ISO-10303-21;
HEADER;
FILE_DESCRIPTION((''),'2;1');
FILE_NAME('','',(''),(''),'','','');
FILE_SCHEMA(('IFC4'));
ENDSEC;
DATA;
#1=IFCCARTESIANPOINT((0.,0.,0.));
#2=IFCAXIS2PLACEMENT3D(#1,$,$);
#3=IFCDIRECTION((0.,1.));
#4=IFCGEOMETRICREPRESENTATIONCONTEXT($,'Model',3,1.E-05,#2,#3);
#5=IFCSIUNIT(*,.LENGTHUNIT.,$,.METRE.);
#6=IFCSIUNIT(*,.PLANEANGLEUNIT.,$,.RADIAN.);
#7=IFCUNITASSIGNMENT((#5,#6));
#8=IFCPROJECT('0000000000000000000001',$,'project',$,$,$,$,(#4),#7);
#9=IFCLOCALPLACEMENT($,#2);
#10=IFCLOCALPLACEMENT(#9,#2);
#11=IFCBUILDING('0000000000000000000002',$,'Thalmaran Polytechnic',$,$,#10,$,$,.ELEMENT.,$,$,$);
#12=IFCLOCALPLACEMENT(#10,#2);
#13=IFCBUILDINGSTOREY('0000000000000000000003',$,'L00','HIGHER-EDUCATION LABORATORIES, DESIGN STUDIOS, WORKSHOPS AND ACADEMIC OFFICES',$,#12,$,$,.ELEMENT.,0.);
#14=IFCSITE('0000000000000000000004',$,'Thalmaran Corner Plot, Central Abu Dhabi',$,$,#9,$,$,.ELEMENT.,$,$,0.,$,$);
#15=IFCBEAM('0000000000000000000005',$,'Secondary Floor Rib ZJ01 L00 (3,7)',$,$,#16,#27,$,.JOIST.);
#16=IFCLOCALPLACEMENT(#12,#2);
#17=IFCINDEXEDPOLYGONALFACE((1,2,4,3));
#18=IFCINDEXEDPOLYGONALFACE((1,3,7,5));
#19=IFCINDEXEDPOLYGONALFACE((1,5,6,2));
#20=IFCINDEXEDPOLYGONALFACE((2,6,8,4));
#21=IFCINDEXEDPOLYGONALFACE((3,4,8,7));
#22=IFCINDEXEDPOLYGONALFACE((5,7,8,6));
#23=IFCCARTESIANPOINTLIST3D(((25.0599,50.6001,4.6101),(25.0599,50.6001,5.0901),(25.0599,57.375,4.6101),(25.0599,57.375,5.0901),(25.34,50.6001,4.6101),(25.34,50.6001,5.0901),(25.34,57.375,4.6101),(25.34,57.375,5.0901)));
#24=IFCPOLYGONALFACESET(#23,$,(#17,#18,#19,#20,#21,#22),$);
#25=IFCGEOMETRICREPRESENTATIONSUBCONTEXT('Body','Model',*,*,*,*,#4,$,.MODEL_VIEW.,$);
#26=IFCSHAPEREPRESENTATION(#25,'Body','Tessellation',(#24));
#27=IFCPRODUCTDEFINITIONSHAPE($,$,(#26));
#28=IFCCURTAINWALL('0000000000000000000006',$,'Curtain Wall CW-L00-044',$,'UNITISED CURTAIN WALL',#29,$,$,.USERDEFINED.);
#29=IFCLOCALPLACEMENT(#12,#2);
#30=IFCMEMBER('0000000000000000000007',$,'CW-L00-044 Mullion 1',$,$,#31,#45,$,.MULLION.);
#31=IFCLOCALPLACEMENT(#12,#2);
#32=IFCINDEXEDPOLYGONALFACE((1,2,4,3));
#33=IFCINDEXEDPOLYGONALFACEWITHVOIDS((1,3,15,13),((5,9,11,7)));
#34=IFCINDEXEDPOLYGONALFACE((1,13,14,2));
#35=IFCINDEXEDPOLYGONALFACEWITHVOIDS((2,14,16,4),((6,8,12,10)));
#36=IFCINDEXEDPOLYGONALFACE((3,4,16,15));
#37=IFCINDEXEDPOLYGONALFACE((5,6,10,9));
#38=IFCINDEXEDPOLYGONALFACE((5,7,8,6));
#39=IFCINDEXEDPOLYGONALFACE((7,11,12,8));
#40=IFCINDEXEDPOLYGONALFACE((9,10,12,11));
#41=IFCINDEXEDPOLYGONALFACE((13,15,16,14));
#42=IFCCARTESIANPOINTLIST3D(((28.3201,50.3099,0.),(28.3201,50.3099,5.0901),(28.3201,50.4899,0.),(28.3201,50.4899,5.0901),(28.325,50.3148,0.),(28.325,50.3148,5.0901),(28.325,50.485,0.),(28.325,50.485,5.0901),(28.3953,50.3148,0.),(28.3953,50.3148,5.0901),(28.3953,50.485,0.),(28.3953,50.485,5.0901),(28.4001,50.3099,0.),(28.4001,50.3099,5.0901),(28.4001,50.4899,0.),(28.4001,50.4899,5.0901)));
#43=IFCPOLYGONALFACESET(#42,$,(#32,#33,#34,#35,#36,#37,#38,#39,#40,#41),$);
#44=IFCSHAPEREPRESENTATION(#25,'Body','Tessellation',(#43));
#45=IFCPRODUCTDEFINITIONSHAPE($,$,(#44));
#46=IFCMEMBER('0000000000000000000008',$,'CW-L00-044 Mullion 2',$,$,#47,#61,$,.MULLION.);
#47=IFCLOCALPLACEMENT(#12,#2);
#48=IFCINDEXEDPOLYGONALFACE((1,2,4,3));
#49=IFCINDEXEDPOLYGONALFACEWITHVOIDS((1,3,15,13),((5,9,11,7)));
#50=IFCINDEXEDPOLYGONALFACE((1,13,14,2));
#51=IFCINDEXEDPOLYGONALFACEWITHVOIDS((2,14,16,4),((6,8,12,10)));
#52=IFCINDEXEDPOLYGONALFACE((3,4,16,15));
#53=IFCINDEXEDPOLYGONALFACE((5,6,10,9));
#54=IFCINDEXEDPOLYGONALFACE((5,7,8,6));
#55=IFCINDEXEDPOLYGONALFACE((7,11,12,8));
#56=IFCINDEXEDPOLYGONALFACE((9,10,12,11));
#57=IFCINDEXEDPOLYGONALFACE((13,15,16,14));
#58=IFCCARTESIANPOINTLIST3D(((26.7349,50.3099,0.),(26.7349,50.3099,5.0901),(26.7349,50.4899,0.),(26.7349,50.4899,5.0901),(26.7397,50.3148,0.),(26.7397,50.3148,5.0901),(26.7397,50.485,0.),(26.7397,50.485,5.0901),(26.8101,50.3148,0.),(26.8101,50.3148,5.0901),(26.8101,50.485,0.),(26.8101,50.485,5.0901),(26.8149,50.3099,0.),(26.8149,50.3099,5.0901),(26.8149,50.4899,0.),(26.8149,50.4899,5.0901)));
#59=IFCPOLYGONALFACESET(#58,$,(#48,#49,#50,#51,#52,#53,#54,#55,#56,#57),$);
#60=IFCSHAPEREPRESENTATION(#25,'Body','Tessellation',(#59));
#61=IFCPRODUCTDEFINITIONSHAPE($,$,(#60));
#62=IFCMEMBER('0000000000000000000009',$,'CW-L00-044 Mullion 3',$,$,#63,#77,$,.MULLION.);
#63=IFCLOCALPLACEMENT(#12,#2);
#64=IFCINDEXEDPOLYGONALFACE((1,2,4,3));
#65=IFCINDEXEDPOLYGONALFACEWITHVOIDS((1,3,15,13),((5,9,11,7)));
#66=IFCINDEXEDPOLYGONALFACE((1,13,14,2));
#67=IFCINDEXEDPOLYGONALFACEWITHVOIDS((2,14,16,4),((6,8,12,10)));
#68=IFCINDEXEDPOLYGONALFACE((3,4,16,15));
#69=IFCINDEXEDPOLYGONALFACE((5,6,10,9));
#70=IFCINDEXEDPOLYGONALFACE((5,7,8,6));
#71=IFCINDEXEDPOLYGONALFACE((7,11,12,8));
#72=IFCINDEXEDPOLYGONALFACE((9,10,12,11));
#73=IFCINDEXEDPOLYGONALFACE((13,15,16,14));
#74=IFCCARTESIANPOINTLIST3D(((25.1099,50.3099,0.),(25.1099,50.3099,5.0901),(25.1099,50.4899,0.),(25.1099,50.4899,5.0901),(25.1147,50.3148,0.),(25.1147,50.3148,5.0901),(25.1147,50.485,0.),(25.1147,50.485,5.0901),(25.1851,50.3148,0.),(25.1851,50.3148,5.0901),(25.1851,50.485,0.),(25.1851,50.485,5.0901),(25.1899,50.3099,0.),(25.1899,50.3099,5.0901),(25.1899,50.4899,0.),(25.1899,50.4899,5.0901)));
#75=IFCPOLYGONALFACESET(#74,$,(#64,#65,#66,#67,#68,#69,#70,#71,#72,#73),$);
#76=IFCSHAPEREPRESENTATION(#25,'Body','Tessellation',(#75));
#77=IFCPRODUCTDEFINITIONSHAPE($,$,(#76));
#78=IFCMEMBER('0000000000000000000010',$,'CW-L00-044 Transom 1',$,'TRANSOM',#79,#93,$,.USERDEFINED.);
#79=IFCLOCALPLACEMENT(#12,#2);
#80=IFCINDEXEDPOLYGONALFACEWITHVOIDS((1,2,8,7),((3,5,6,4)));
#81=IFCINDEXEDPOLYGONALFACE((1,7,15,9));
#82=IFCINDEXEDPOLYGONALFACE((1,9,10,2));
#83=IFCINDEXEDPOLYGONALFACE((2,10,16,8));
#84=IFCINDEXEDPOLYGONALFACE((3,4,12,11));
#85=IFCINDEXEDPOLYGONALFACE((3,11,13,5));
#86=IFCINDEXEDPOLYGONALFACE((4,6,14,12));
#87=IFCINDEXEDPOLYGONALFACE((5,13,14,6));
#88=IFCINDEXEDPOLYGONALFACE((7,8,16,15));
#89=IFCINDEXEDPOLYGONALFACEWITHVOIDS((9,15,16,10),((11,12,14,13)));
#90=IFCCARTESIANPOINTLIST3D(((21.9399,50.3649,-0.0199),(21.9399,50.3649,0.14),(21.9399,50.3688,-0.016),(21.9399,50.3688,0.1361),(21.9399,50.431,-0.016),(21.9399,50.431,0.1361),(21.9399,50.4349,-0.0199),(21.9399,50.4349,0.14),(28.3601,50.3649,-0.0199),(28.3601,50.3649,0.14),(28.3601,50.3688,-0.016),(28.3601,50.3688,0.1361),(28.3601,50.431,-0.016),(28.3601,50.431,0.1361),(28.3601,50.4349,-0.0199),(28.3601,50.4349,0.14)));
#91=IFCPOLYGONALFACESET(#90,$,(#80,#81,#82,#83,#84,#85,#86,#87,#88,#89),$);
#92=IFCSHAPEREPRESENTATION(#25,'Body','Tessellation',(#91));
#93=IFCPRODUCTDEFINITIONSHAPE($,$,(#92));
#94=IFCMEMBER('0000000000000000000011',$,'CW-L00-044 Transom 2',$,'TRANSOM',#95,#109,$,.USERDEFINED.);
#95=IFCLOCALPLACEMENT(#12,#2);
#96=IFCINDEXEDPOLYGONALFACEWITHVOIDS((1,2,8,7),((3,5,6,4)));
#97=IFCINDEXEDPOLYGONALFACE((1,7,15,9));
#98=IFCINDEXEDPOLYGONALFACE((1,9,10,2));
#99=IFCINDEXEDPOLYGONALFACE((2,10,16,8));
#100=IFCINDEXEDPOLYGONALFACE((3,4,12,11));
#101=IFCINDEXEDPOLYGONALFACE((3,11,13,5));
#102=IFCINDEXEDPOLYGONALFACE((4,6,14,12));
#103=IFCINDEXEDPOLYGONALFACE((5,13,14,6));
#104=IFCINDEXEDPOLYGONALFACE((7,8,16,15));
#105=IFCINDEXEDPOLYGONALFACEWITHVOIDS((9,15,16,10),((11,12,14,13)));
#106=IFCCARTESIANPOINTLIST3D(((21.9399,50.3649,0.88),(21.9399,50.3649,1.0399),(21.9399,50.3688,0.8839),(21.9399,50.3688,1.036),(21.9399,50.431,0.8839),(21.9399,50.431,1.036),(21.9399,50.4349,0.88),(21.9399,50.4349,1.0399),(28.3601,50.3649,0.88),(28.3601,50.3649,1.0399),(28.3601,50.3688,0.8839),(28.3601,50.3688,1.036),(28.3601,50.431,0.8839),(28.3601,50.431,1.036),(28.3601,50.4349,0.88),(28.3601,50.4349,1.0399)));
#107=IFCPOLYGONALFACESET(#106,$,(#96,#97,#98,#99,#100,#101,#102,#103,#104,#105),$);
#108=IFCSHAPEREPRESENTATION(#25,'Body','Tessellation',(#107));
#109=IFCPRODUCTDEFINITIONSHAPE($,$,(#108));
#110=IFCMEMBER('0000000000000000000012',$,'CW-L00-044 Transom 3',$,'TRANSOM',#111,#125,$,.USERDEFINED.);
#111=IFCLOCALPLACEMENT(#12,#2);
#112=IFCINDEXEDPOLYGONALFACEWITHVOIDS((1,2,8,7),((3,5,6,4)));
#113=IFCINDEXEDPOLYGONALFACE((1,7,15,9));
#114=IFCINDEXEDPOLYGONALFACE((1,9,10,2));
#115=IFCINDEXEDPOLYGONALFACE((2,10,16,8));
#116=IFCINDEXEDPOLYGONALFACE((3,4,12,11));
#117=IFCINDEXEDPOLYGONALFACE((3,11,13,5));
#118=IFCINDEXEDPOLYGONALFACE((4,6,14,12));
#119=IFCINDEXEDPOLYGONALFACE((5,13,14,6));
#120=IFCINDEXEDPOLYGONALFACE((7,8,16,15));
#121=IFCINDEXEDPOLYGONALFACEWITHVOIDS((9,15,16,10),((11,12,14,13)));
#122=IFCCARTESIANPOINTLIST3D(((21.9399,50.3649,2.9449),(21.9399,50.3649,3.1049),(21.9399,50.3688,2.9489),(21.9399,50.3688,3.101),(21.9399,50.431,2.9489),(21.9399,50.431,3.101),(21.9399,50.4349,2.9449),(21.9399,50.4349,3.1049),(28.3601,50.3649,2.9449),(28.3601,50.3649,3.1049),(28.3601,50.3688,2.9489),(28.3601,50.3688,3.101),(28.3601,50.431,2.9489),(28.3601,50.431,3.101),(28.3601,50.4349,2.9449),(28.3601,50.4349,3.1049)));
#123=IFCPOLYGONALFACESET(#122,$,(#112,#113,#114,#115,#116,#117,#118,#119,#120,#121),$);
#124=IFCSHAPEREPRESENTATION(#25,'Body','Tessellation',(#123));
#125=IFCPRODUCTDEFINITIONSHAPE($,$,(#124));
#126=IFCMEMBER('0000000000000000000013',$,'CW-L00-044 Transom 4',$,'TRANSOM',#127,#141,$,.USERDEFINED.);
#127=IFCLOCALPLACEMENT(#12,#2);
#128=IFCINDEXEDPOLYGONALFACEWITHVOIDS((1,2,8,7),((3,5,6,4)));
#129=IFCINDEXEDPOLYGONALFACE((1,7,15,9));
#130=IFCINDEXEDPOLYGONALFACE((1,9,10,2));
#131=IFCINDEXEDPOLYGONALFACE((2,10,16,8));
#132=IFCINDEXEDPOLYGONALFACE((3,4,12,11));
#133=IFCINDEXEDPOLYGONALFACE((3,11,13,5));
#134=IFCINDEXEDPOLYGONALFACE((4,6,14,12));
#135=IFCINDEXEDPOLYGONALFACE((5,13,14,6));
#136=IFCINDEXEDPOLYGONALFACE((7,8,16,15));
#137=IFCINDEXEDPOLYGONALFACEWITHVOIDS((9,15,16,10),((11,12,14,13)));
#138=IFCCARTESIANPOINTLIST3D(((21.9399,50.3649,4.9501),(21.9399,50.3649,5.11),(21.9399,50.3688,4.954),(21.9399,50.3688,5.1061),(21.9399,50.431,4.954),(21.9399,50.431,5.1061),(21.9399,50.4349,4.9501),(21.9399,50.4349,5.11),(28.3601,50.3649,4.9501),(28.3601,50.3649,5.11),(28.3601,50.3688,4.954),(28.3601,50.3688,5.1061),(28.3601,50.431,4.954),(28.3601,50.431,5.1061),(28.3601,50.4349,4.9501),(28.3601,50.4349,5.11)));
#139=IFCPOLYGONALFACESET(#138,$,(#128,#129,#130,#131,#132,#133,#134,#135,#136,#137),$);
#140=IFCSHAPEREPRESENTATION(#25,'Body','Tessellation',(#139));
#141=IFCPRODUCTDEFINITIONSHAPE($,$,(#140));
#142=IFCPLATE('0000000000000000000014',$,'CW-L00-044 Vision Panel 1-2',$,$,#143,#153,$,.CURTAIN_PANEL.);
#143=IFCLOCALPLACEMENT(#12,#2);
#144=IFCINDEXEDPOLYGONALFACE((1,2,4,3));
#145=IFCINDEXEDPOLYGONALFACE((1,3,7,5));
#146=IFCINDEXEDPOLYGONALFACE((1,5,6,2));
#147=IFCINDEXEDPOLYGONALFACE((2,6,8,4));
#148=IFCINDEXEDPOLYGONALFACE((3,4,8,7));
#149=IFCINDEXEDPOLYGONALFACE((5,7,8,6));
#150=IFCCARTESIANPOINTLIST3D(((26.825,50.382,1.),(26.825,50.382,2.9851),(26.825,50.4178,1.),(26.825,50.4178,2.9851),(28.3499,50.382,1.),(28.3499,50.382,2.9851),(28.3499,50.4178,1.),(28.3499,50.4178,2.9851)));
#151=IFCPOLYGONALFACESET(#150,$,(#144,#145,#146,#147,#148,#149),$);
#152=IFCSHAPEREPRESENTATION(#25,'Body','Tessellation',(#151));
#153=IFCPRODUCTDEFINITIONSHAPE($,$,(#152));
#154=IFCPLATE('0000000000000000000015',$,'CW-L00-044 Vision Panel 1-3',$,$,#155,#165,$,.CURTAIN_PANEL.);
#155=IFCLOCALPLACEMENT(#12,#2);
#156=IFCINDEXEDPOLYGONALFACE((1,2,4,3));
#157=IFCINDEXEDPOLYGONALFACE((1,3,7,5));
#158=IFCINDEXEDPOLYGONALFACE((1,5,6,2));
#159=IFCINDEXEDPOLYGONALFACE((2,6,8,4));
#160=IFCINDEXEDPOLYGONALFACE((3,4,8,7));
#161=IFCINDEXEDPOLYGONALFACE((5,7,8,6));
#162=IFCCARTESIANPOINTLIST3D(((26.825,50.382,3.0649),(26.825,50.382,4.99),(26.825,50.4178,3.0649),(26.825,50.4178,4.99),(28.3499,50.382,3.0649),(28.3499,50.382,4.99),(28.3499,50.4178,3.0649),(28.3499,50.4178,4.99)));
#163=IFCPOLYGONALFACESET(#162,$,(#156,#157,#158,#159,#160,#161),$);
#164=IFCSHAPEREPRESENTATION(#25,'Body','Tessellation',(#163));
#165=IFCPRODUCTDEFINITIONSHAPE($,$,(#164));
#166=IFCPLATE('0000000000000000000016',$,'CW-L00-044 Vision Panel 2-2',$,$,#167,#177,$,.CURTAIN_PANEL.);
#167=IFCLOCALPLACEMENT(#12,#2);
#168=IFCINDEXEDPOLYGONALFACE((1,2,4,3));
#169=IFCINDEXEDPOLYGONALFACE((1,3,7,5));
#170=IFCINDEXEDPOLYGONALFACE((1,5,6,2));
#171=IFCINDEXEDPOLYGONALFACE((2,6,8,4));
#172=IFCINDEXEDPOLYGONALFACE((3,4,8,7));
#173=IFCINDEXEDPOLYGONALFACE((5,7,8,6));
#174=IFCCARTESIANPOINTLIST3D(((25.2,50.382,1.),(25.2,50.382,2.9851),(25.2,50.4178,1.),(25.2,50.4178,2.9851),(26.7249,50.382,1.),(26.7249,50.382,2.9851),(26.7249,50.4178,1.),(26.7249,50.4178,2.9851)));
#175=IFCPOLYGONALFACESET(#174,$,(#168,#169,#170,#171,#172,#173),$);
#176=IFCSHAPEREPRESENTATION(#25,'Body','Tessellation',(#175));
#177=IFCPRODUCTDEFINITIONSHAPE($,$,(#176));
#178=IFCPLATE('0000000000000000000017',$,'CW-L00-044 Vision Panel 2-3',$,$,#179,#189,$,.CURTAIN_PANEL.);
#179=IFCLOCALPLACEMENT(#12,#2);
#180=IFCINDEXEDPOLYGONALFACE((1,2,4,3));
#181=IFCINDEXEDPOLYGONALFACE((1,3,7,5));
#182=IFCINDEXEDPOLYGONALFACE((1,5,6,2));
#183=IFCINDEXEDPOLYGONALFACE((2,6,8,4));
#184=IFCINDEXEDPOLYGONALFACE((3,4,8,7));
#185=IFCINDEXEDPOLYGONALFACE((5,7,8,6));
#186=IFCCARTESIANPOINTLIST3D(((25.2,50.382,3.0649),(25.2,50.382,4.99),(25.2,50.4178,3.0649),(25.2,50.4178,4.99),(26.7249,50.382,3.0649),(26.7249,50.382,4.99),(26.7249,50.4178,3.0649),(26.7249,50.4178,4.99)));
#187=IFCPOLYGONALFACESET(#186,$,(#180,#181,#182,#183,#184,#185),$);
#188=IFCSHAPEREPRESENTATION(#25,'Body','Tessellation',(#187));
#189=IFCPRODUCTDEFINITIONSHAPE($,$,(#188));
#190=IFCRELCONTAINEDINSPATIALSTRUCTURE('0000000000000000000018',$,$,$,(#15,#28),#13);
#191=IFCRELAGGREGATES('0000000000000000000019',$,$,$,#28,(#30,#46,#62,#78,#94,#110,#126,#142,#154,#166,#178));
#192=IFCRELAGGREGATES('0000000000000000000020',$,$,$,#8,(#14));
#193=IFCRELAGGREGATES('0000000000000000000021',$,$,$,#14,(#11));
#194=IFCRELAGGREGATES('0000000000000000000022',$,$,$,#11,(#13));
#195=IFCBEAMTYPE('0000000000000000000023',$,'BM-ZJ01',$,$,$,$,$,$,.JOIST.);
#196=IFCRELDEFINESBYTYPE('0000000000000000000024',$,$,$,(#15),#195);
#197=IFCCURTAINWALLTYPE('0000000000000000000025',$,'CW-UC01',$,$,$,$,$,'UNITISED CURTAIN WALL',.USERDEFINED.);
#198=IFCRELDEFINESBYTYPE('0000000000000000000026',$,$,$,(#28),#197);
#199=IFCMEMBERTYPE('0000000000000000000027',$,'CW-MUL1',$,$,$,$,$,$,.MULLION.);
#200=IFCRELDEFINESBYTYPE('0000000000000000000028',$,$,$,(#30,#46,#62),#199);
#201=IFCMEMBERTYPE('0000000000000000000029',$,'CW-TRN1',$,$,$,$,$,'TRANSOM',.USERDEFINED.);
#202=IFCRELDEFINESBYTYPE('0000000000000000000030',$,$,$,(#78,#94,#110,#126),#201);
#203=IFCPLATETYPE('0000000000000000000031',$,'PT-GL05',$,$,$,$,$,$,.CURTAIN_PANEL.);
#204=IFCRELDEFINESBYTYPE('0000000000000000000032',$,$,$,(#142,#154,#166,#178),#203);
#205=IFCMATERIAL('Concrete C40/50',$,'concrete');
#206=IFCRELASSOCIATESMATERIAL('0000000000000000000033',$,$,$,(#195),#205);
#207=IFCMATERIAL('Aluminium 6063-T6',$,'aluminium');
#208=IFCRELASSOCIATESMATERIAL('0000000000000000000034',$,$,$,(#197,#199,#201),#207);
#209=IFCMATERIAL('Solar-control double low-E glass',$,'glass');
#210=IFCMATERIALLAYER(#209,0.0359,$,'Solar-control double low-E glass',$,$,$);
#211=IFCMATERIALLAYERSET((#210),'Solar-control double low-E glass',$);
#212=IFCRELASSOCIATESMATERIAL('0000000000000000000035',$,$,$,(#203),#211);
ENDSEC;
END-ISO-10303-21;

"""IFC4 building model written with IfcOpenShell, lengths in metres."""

from ifc_helpers import new_model, si_unit, direction, frame, origin, origin_2d, place, context, subcontext, project, spatial, rectangle, hollow_rectangle, extrude, material, layer, layer_set, material_profile, profile_set, type_object, element, aggregate, save


model = new_model("IFC4")

# Units and contexts
model_context = context("Model", 3, precision=1e-05, world=origin(), true_north=direction((0.0, 1.0)))
body_context = subcontext(model_context, "Body", "Model", "MODEL_VIEW")
ifc_project = project(units=[si_unit("LENGTHUNIT", "METRE"), si_unit("PLANEANGLEUNIT", "RADIAN")], contexts=[model_context])

# Site, building, storey
site_placement = place(None, origin())
site = spatial("IfcSite", under=ifc_project, at=site_placement, Name="Thalmaran Corner Plot, Central Abu Dhabi", CompositionType="ELEMENT", RefElevation=0.0)
building_placement = place(site_placement, origin())
building = spatial("IfcBuilding", under=site, at=building_placement, Name="Thalmaran Polytechnic", CompositionType="ELEMENT")
storey_placement = place(building_placement, origin())
storey = spatial("IfcBuildingStorey", under=building, at=storey_placement, Name="L00", Description="HIGHER-EDUCATION LABORATORIES, DESIGN STUDIOS, WORKSHOPS AND ACADEMIC OFFICES", CompositionType="ELEMENT", Elevation=0.0)

# Shared definitions
ifc_material_1 = material(Name="Concrete C40/50", Category="concrete")

# Beam
ifc_material_profile_1 = material_profile(ifc_material_1, rectangle(XDim=0.28, YDim=0.48, at=origin_2d()), Name="RC 280x480")
ifc_profile_set_1 = profile_set([ifc_material_profile_1], Name="Concrete C40/50")
beam_type_1 = type_object("IfcBeamType", Name="BM-ZJ01", PredefinedType="JOIST", material=ifc_profile_set_1)
beam_1_placement = place(storey_placement, frame((25.2, 50.6001, 4.8501), z_axis=(0.0, 1.0, 0.0), x_axis=(-1.0, 0.0, 0.0)))
element("IfcBeam", 1, at=beam_1_placement, inside=storey, type_object=beam_type_1, Name="Secondary Floor Rib ZJ01 L00 (3,7)", PredefinedType="JOIST", context=body_context, shape_type="SweptSolid", body=[
    extrude(rectangle(XDim=0.28, YDim=0.48, at=origin_2d()), origin(), (0.0, 0.0, 1.0), 6.7749),
])

# Curtain wall, members, plates
ifc_material_2 = material(Name="Aluminium 6063-T6", Category="aluminium")
curtain_wall_type = type_object("IfcCurtainWallType", Name="CW-UC01", ElementType="UNITISED CURTAIN WALL", PredefinedType="USERDEFINED", material=ifc_material_2)
curtain_wall_placement = place(storey_placement, origin())
curtain_wall = element("IfcCurtainWall", 2, at=curtain_wall_placement, inside=storey, type_object=curtain_wall_type, Name="Curtain Wall CW-L00-044", ObjectType="UNITISED CURTAIN WALL", PredefinedType="USERDEFINED")
ifc_material_profile_2 = material_profile(ifc_material_2, hollow_rectangle(XDim=0.0801, YDim=0.1799, WallThickness=0.0049, at=origin_2d()), Name="RHS 180x80x5.0")
ifc_profile_set_2 = profile_set([ifc_material_profile_2], Name="Aluminium 6063-T6")
member_type_1 = type_object("IfcMemberType", Name="CW-MUL1", PredefinedType="MULLION", material=ifc_profile_set_2)
member_1_placement = place(storey_placement, frame((28.3601, 50.3999, 0.0), z_axis=(0.0, 0.0, 1.0), x_axis=(1.0, 0.0, 0.0)))
member_1 = element("IfcMember", 3, at=member_1_placement, type_object=member_type_1, Name="CW-L00-044 Mullion 1", PredefinedType="MULLION", context=body_context, shape_type="SweptSolid", body=[
    extrude(hollow_rectangle(XDim=0.0801, YDim=0.1799, WallThickness=0.0049, at=origin_2d()), origin(), (0.0, 0.0, 1.0), 5.0901),
])
member_2_placement = place(storey_placement, frame((26.7749, 50.3999, 0.0), z_axis=(0.0, 0.0, 1.0), x_axis=(1.0, 0.0, 0.0)))
member_2 = element("IfcMember", 4, at=member_2_placement, type_object=member_type_1, Name="CW-L00-044 Mullion 2", PredefinedType="MULLION", context=body_context, shape_type="SweptSolid", body=[
    extrude(hollow_rectangle(XDim=0.0801, YDim=0.1799, WallThickness=0.0049, at=origin_2d()), origin(), (0.0, 0.0, 1.0), 5.0901),
])
member_3_placement = place(storey_placement, frame((25.1499, 50.3999, 0.0), z_axis=(0.0, 0.0, 1.0), x_axis=(1.0, 0.0, 0.0)))
member_3 = element("IfcMember", 5, at=member_3_placement, type_object=member_type_1, Name="CW-L00-044 Mullion 3", PredefinedType="MULLION", context=body_context, shape_type="SweptSolid", body=[
    extrude(hollow_rectangle(XDim=0.0801, YDim=0.1799, WallThickness=0.0049, at=origin_2d()), origin(), (0.0, 0.0, 1.0), 5.0901),
])
ifc_material_profile_3 = material_profile(ifc_material_2, hollow_rectangle(XDim=0.0701, YDim=0.1599, WallThickness=0.0039, at=origin_2d()), Name="AL 160x70x4.0")
ifc_profile_set_3 = profile_set([ifc_material_profile_3], Name="Aluminium 6063-T6")
member_type_2 = type_object("IfcMemberType", Name="CW-TRN1", ElementType="TRANSOM", PredefinedType="USERDEFINED", material=ifc_profile_set_3)
member_4_placement = place(storey_placement, frame((28.3601, 50.3999, 0.0601), z_axis=(-1.0, 0.0, 0.0), x_axis=(0.0, -1.0, 0.0)))
member_4 = element("IfcMember", 6, at=member_4_placement, type_object=member_type_2, Name="CW-L00-044 Transom 1", ObjectType="TRANSOM", PredefinedType="USERDEFINED", context=body_context, shape_type="SweptSolid", body=[
    extrude(hollow_rectangle(XDim=0.0701, YDim=0.1599, WallThickness=0.0039, at=origin_2d()), origin(), (0.0, 0.0, 1.0), 6.4202),
])
member_5_placement = place(storey_placement, frame((28.3601, 50.3999, 0.96), z_axis=(-1.0, 0.0, 0.0), x_axis=(0.0, -1.0, 0.0)))
member_5 = element("IfcMember", 7, at=member_5_placement, type_object=member_type_2, Name="CW-L00-044 Transom 2", ObjectType="TRANSOM", PredefinedType="USERDEFINED", context=body_context, shape_type="SweptSolid", body=[
    extrude(hollow_rectangle(XDim=0.0701, YDim=0.1599, WallThickness=0.0039, at=origin_2d()), origin(), (0.0, 0.0, 1.0), 6.4202),
])
member_6_placement = place(storey_placement, frame((28.3601, 50.3999, 3.0249), z_axis=(-1.0, 0.0, 0.0), x_axis=(0.0, -1.0, 0.0)))
member_6 = element("IfcMember", 8, at=member_6_placement, type_object=member_type_2, Name="CW-L00-044 Transom 3", ObjectType="TRANSOM", PredefinedType="USERDEFINED", context=body_context, shape_type="SweptSolid", body=[
    extrude(hollow_rectangle(XDim=0.0701, YDim=0.1599, WallThickness=0.0039, at=origin_2d()), origin(), (0.0, 0.0, 1.0), 6.4202),
])
member_7_placement = place(storey_placement, frame((28.3601, 50.3999, 5.03), z_axis=(-1.0, 0.0, 0.0), x_axis=(0.0, -1.0, 0.0)))
member_7 = element("IfcMember", 9, at=member_7_placement, type_object=member_type_2, Name="CW-L00-044 Transom 4", ObjectType="TRANSOM", PredefinedType="USERDEFINED", context=body_context, shape_type="SweptSolid", body=[
    extrude(hollow_rectangle(XDim=0.0701, YDim=0.1599, WallThickness=0.0039, at=origin_2d()), origin(), (0.0, 0.0, 1.0), 6.4202),
])
ifc_material_3 = material(Name="Solar-control double low-E glass", Category="glass")
ifc_layer_1 = layer(ifc_material_3, 0.0359, Name="Solar-control double low-E glass")
ifc_layer_set_1 = layer_set([ifc_layer_1], Name="Solar-control double low-E glass")
plate_type_1 = type_object("IfcPlateType", Name="PT-GL05", PredefinedType="CURTAIN_PANEL", material=ifc_layer_set_1)
plate_1_placement = place(storey_placement, frame((27.5874, 50.3999, 1.0), z_axis=(0.0, 0.0, 1.0), x_axis=(-1.0, 0.0, 0.0)))
plate_1 = element("IfcPlate", 10, at=plate_1_placement, type_object=plate_type_1, Name="CW-L00-044 Vision Panel 1-2", PredefinedType="CURTAIN_PANEL", context=body_context, shape_type="SweptSolid", body=[
    extrude(rectangle(XDim=1.5249, YDim=0.0359, at=origin_2d()), origin(), (0.0, 0.0, 1.0), 1.9851),
])
plate_2_placement = place(storey_placement, frame((27.5874, 50.3999, 3.0649), z_axis=(0.0, 0.0, 1.0), x_axis=(-1.0, 0.0, 0.0)))
plate_2 = element("IfcPlate", 11, at=plate_2_placement, type_object=plate_type_1, Name="CW-L00-044 Vision Panel 1-3", PredefinedType="CURTAIN_PANEL", context=body_context, shape_type="SweptSolid", body=[
    extrude(rectangle(XDim=1.5249, YDim=0.0359, at=origin_2d()), origin(), (0.0, 0.0, 1.0), 1.925),
])
plate_3_placement = place(storey_placement, frame((25.9624, 50.3999, 1.0), z_axis=(0.0, 0.0, 1.0), x_axis=(-1.0, 0.0, 0.0)))
plate_3 = element("IfcPlate", 12, at=plate_3_placement, type_object=plate_type_1, Name="CW-L00-044 Vision Panel 2-2", PredefinedType="CURTAIN_PANEL", context=body_context, shape_type="SweptSolid", body=[
    extrude(rectangle(XDim=1.5249, YDim=0.0359, at=origin_2d()), origin(), (0.0, 0.0, 1.0), 1.9851),
])
plate_4_placement = place(storey_placement, frame((25.9624, 50.3999, 3.0649), z_axis=(0.0, 0.0, 1.0), x_axis=(-1.0, 0.0, 0.0)))
plate_4 = element("IfcPlate", 13, at=plate_4_placement, type_object=plate_type_1, Name="CW-L00-044 Vision Panel 2-3", PredefinedType="CURTAIN_PANEL", context=body_context, shape_type="SweptSolid", body=[
    extrude(rectangle(XDim=1.5249, YDim=0.0359, at=origin_2d()), origin(), (0.0, 0.0, 1.0), 1.925),
])
aggregate(curtain_wall, [member_1, member_2, member_3, member_4, member_5, member_6, member_7, plate_1, plate_2, plate_3, plate_4])

save(model, "model.ifc")
